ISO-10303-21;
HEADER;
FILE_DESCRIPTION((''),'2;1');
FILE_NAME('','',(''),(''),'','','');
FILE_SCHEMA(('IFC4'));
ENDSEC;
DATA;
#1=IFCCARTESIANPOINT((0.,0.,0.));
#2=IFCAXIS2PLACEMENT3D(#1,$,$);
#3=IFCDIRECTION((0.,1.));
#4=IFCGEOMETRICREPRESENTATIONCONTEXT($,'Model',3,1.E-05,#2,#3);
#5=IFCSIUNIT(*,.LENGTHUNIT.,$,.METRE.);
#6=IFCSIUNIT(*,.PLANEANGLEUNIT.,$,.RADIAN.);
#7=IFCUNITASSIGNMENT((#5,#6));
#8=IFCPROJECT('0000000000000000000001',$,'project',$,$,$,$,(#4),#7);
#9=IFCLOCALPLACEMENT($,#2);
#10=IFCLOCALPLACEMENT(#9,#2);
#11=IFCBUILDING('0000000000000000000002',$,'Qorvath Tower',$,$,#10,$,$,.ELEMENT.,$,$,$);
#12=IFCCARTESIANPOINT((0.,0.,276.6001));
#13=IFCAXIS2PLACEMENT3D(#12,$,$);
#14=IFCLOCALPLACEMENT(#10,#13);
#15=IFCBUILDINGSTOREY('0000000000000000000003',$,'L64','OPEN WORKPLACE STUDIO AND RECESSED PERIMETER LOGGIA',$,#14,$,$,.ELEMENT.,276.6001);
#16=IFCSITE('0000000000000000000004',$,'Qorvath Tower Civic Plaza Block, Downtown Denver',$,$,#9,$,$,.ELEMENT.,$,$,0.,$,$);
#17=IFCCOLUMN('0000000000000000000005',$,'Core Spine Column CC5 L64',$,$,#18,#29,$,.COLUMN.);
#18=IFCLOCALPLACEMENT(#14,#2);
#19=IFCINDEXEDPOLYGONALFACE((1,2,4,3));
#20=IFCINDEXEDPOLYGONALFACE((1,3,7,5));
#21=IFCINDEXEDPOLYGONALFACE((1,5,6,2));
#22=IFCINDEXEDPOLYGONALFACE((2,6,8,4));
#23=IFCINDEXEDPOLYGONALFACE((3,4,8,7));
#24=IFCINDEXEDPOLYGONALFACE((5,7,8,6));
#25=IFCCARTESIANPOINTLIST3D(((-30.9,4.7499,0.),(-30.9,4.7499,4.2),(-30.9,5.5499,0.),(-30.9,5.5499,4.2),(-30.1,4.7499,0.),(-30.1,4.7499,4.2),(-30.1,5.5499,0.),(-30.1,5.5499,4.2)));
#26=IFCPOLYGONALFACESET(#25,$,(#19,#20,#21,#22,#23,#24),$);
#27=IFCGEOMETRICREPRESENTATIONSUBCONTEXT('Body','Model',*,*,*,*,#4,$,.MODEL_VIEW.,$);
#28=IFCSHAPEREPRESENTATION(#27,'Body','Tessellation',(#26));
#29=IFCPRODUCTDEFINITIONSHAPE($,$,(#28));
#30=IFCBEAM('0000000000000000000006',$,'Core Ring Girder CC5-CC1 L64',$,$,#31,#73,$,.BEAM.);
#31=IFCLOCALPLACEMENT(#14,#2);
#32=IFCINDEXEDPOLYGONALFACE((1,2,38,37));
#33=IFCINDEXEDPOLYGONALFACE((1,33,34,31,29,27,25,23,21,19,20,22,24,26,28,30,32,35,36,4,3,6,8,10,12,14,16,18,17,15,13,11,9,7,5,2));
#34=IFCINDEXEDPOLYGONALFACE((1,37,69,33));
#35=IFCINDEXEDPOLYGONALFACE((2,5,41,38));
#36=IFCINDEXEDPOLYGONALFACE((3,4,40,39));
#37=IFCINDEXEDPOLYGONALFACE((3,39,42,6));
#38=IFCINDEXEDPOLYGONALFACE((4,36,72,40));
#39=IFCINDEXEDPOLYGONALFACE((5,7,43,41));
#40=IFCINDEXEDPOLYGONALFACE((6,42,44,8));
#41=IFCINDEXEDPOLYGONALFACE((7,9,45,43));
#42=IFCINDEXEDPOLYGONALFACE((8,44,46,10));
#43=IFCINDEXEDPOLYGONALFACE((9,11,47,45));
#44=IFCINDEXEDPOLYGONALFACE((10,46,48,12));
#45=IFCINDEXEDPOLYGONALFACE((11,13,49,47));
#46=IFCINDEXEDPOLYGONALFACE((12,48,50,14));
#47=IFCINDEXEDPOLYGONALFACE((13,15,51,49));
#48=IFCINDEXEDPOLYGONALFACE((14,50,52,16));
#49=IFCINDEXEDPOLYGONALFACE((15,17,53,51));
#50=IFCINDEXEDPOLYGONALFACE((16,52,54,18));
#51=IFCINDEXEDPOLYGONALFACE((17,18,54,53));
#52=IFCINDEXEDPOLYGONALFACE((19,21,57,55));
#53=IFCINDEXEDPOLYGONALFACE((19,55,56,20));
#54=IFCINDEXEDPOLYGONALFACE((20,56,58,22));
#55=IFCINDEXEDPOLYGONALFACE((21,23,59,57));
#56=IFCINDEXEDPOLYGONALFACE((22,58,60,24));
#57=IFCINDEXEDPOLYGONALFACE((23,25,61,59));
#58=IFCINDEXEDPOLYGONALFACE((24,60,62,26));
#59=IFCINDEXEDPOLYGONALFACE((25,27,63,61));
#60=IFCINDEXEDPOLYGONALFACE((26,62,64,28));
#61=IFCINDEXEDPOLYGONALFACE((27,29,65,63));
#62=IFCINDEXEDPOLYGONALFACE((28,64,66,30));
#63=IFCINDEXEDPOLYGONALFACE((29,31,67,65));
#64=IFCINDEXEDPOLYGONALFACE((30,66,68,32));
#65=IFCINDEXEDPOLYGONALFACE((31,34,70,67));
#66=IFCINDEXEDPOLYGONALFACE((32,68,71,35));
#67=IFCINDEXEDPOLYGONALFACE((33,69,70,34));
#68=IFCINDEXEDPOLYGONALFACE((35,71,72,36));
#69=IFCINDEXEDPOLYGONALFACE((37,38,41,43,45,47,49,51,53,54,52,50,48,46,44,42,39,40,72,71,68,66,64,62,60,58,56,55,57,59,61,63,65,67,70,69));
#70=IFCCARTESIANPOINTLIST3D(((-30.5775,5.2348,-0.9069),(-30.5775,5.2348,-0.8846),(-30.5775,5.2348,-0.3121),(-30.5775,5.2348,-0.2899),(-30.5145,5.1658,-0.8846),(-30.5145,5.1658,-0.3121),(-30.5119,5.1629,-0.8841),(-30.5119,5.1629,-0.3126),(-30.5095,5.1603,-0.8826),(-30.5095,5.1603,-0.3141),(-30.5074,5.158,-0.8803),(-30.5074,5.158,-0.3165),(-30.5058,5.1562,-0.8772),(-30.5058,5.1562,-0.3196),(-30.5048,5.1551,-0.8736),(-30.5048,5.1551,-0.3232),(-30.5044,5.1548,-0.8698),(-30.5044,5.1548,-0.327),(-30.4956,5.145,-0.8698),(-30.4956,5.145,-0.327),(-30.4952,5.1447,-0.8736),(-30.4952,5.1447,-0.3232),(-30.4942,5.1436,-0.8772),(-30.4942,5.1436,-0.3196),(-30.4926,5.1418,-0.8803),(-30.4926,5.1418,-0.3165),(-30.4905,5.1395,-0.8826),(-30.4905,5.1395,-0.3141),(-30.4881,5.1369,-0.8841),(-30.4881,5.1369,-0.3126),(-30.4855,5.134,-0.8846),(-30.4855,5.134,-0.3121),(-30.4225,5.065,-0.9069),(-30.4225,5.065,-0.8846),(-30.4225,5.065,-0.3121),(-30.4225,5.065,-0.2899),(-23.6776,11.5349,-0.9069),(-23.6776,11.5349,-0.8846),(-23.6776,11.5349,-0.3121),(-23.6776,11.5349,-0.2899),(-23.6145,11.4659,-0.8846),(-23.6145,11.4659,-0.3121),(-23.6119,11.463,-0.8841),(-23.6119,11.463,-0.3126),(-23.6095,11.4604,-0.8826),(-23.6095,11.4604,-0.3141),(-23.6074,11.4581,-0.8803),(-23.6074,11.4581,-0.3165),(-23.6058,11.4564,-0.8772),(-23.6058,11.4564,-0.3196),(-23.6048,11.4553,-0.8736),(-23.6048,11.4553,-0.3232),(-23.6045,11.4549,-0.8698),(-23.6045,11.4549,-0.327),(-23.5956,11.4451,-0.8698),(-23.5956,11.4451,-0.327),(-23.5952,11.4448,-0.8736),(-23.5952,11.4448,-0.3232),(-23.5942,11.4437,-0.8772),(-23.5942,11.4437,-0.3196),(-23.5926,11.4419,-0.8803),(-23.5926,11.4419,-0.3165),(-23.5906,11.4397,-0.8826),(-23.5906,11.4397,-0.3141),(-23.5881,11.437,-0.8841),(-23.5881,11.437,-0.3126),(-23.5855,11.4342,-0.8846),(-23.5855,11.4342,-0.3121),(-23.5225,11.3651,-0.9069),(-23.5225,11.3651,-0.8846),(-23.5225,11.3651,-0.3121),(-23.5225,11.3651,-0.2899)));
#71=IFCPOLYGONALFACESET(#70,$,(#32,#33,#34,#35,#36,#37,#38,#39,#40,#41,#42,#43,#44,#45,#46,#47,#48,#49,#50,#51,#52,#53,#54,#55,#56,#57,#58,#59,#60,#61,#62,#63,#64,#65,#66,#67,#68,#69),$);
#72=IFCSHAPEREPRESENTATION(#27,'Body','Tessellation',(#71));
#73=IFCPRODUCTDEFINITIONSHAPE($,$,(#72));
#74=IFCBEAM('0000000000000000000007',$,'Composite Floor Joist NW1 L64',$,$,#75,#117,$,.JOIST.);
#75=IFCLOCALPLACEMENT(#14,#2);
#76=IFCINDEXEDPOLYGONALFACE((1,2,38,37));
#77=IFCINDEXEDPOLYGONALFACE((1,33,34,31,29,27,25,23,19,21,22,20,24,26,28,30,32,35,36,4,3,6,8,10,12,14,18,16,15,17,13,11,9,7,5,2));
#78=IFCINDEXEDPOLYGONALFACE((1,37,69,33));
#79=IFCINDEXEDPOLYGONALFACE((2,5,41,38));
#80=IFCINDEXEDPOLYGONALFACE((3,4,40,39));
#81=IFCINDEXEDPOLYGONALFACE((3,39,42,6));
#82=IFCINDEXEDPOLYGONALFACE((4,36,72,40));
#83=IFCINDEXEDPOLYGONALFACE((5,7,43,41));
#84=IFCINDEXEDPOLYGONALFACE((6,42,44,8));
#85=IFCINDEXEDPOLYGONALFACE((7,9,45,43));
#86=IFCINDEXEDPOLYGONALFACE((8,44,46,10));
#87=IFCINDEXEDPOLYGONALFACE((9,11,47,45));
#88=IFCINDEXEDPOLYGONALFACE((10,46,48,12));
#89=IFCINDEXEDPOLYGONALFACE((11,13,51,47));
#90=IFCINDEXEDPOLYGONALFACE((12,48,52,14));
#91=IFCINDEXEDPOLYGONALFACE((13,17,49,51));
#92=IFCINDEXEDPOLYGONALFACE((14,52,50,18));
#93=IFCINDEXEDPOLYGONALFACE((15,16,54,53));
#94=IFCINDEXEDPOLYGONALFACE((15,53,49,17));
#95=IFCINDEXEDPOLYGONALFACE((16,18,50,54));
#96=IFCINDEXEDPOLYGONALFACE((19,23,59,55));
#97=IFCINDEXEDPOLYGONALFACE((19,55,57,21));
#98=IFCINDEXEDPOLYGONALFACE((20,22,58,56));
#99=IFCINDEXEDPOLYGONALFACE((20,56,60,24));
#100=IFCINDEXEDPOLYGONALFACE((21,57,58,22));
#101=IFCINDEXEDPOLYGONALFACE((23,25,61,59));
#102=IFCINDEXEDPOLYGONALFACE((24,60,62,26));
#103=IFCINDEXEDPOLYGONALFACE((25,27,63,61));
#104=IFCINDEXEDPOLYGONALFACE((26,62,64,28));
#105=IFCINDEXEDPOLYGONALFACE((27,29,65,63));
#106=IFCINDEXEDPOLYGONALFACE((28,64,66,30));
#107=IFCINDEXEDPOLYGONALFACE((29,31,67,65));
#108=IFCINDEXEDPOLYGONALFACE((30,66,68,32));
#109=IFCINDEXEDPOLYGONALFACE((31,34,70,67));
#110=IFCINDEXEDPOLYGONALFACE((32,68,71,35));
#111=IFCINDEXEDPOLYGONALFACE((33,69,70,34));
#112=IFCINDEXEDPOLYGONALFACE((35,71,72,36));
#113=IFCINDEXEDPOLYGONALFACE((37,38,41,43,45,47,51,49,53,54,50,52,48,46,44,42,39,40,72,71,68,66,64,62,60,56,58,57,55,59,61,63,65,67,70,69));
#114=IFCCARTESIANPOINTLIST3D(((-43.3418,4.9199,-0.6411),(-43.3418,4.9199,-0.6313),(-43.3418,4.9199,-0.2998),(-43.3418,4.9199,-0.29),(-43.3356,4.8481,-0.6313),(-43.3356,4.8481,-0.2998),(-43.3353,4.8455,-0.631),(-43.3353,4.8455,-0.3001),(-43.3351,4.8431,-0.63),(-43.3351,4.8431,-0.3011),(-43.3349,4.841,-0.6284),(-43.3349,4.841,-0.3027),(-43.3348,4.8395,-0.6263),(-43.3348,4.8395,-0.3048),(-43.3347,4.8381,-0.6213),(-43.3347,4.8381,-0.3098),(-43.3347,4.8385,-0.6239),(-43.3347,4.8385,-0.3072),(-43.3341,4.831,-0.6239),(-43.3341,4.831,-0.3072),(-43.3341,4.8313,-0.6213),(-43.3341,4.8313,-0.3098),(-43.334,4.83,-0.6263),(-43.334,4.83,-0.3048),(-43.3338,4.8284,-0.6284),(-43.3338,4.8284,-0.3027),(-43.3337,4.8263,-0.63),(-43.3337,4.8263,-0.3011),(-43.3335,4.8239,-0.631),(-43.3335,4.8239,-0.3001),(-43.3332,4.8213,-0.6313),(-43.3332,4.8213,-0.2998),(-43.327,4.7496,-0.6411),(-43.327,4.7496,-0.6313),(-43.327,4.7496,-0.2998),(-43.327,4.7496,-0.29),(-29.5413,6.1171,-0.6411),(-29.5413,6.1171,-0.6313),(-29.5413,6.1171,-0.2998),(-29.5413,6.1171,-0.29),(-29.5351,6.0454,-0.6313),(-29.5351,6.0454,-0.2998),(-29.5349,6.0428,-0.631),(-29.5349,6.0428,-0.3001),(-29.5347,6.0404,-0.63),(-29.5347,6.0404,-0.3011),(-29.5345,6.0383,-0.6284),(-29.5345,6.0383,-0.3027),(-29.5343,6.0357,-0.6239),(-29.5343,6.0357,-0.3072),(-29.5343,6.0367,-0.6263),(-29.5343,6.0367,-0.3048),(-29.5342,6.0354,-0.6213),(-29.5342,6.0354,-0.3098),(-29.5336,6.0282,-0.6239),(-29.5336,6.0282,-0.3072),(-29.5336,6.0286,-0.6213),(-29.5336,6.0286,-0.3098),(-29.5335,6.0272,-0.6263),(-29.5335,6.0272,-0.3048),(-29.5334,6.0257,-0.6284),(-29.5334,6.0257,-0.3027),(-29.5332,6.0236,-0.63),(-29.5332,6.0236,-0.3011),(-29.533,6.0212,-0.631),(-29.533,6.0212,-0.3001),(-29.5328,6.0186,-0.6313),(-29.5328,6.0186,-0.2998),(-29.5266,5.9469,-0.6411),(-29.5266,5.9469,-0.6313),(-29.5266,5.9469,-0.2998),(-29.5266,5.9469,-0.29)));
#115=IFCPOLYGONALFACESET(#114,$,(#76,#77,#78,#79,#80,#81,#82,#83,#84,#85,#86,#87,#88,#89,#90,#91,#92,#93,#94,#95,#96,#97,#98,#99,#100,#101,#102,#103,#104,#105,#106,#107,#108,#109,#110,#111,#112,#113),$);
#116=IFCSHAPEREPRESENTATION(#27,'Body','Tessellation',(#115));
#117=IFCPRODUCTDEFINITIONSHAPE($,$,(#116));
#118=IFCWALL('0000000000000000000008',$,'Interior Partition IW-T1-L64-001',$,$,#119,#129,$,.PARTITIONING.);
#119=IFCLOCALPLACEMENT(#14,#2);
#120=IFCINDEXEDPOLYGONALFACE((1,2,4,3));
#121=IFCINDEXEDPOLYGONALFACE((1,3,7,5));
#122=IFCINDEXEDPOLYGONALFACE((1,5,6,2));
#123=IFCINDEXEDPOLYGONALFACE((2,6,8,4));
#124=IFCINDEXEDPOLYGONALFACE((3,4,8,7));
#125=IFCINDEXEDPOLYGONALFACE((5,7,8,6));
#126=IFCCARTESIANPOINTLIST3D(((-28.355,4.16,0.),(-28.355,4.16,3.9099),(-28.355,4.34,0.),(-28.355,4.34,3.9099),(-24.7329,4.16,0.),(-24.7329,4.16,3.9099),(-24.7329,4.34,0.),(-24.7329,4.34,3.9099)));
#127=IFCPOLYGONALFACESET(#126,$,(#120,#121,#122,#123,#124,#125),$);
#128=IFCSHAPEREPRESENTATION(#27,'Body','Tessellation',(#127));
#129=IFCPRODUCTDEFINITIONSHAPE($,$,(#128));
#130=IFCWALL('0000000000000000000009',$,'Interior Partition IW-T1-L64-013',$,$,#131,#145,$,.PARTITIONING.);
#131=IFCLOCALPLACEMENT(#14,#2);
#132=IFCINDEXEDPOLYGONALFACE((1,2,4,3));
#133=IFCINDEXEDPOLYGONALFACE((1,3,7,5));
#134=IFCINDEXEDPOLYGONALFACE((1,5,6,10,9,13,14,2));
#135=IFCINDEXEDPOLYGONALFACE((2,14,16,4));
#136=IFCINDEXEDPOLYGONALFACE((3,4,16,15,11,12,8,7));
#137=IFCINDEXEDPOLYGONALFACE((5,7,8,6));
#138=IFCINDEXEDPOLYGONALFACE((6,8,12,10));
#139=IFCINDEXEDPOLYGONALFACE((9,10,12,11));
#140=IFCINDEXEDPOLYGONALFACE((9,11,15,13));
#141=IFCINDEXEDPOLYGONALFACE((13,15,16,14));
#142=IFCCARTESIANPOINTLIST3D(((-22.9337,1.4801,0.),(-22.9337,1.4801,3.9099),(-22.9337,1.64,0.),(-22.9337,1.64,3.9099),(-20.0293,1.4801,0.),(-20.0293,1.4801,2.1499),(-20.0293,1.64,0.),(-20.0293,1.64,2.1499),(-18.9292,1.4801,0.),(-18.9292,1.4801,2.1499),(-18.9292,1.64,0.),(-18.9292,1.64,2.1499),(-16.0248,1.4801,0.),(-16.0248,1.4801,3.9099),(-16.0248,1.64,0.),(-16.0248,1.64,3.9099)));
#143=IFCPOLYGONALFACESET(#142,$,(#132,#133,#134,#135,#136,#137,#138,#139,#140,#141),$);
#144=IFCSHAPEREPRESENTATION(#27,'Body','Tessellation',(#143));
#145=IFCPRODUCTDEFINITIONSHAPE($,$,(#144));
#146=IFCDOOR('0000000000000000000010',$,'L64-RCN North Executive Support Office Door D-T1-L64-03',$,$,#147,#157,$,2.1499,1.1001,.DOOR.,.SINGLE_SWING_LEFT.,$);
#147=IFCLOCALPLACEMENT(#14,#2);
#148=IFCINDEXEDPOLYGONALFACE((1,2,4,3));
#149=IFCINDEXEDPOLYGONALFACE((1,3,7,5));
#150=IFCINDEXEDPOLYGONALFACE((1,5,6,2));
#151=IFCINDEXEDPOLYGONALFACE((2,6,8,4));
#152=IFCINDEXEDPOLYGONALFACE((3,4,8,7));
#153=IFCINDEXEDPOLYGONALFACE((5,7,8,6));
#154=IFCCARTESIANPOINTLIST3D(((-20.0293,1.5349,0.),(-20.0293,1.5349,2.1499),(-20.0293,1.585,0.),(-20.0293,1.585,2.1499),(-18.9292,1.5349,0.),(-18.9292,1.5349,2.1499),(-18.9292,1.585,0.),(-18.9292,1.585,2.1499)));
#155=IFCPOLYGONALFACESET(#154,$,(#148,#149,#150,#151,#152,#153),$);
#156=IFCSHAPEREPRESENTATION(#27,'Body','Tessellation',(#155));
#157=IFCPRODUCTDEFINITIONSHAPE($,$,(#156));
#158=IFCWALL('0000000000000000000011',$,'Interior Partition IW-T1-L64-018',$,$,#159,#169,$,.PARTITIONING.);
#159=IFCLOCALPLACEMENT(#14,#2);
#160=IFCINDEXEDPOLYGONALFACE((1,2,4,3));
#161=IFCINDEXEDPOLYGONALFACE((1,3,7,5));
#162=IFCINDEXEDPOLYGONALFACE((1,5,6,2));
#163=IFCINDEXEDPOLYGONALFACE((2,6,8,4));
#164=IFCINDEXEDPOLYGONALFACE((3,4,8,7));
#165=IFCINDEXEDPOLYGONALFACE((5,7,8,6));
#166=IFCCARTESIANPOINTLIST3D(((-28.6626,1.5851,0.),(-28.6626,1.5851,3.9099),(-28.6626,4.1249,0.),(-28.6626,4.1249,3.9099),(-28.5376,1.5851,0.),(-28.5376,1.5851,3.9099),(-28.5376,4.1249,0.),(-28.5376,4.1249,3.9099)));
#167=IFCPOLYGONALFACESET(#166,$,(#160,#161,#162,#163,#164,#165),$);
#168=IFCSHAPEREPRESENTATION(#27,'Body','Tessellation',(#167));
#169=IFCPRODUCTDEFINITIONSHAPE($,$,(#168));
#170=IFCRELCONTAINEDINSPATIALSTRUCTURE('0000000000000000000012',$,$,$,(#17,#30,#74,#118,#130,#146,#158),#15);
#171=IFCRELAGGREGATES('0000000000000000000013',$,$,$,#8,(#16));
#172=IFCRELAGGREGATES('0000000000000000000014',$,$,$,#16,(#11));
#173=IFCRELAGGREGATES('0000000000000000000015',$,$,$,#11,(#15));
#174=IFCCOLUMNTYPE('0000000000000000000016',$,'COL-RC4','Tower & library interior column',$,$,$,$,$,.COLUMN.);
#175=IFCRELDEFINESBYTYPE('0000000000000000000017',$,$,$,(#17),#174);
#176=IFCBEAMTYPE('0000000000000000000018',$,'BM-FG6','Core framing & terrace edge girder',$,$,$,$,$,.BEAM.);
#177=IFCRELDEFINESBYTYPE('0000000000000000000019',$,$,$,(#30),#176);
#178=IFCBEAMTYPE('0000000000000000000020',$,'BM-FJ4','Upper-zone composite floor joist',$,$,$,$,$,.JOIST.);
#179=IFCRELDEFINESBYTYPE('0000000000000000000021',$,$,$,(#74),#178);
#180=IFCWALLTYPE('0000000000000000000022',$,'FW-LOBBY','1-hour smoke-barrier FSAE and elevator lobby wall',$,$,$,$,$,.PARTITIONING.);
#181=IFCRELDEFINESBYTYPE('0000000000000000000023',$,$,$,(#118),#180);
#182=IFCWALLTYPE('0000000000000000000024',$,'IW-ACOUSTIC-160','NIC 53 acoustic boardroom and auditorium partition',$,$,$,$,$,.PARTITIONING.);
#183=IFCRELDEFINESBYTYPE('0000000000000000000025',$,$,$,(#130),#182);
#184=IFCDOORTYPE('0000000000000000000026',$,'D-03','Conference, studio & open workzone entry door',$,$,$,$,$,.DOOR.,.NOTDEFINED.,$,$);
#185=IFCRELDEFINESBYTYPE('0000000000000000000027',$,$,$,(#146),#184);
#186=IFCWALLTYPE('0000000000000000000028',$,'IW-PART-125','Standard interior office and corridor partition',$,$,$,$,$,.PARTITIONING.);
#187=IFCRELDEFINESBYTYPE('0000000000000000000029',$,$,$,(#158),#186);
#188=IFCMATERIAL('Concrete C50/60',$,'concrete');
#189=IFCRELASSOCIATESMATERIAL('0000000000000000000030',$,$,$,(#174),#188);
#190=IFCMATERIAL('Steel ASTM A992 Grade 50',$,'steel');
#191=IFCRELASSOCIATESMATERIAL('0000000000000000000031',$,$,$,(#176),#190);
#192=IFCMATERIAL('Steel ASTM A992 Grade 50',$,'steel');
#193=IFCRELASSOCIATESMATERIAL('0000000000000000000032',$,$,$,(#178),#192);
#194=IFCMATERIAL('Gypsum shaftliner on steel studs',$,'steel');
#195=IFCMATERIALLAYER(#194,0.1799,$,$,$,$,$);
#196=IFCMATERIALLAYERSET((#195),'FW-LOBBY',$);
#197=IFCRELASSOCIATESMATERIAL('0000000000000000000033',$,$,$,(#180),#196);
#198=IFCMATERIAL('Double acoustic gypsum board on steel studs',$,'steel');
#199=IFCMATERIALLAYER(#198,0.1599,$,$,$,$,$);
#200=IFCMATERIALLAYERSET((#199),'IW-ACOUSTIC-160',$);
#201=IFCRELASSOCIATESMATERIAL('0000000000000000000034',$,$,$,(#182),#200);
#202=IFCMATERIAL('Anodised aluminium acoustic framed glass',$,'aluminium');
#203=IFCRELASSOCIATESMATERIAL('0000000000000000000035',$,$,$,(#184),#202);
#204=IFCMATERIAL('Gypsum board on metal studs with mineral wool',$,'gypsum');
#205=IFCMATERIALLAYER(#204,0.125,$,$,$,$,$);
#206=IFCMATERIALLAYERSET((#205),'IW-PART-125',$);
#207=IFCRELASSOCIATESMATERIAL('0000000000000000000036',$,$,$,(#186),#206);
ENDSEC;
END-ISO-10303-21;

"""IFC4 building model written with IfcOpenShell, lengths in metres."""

from ifc_helpers import new_model, si_unit, direction, frame, frame_2d, origin, origin_2d, place, context, subcontext, project, spatial, rectangle, i_section, extrude, material, layer, layer_set, material_profile, profile_set, type_object, element, fill, save


model = new_model("IFC4")

# Units and contexts
model_context = context("Model", 3, precision=1e-05, world=origin(), true_north=direction((0.0, 1.0)))
body_context = subcontext(model_context, "Body", "Model", "MODEL_VIEW")
ifc_project = project(units=[si_unit("LENGTHUNIT", "METRE"), si_unit("PLANEANGLEUNIT", "RADIAN")], contexts=[model_context])

# Site, building, storey
site_placement = place(None, origin())
site = spatial("IfcSite", under=ifc_project, at=site_placement, Name="Qorvath Tower Civic Plaza Block, Downtown Denver", CompositionType="ELEMENT", RefElevation=0.0)
building_placement = place(site_placement, origin())
building = spatial("IfcBuilding", under=site, at=building_placement, Name="Qorvath Tower", CompositionType="ELEMENT")
storey_placement = place(building_placement, frame((0.0, 0.0, 276.6001)))
storey = spatial("IfcBuildingStorey", under=building, at=storey_placement, Name="L64", Description="OPEN WORKPLACE STUDIO AND RECESSED PERIMETER LOGGIA", CompositionType="ELEMENT", Elevation=276.6001)

# Column
ifc_material_1 = material(Name="Concrete C50/60", Category="concrete")
ifc_material_profile_1 = material_profile(ifc_material_1, rectangle(XDim=0.8, YDim=0.8, at=origin_2d()), Name="RC 800x800")
ifc_profile_set_1 = profile_set([ifc_material_profile_1], Name="Concrete C50/60")
column_type = type_object("IfcColumnType", Name="COL-RC4", Description="Tower & library interior column", PredefinedType="COLUMN", material=ifc_profile_set_1)
column_placement = place(storey_placement, frame((-30.5, 5.1499, 0.0), z_axis=(0.0, 0.0, 1.0), x_axis=(1.0, 0.0, 0.0)))
element("IfcColumn", 1, at=column_placement, inside=storey, type_object=column_type, Name="Core Spine Column CC5 L64", PredefinedType="COLUMN", context=body_context, shape_type="SweptSolid", body=[
    extrude(rectangle(XDim=0.8, YDim=0.8, at=origin_2d()), origin(), (0.0, 0.0, 1.0), 4.2),
])

# Beams
ifc_material_2 = material(Name="Steel ASTM A992 Grade 50", Category="steel")
ifc_material_profile_2 = material_profile(ifc_material_2, i_section(OverallWidth=0.23, OverallDepth=0.6169, WebThickness=0.0132, FlangeThickness=0.0222, FilletRadius=0.0149, at=origin_2d()), Name="W24x94")
ifc_profile_set_2 = profile_set([ifc_material_profile_2], Name="Steel ASTM A992 Grade 50")
beam_type_1 = type_object("IfcBeamType", Name="BM-FG6", Description="Core framing & terrace edge girder", PredefinedType="BEAM", material=ifc_profile_set_2)
beam_1_placement = place(storey_placement, frame((-30.5, 5.1499, -0.5984), z_axis=(0.738478, 0.674277, 0.0), x_axis=(-0.674277, 0.738478, 0.0)))
element("IfcBeam", 2, at=beam_1_placement, inside=storey, type_object=beam_type_1, Name="Core Ring Girder CC5-CC1 L64", PredefinedType="BEAM", context=body_context, shape_type="SweptSolid", body=[
    extrude(i_section(OverallWidth=0.23, OverallDepth=0.6169, WebThickness=0.0132, FlangeThickness=0.0222, FilletRadius=0.0149, at=origin_2d()), origin(), (0.0, 0.0, 1.0), 9.3435),
])
ifc_material_3 = material(Name="Steel ASTM A992 Grade 50", Category="steel")
ifc_material_profile_3 = material_profile(ifc_material_3, i_section(OverallWidth=0.1709, OverallDepth=0.3511, WebThickness=0.0068, FlangeThickness=0.0098, FilletRadius=0.01, at=origin_2d()), Name="W14x30")
ifc_profile_set_3 = profile_set([ifc_material_profile_3], Name="Steel ASTM A992 Grade 50")
beam_type_2 = type_object("IfcBeamType", Name="BM-FJ4", Description="Upper-zone composite floor joist", PredefinedType="JOIST", material=ifc_profile_set_3)
beam_2_placement = place(storey_placement, frame((-29.5339, 6.032, -0.4656), z_axis=(-0.996258, -0.08643, 0.0), x_axis=(0.08643, -0.996258, 0.0)))
element("IfcBeam", 3, at=beam_2_placement, inside=storey, type_object=beam_type_2, Name="Composite Floor Joist NW1 L64", PredefinedType="JOIST", context=body_context, shape_type="SweptSolid", body=[
    extrude(i_section(OverallWidth=0.1709, OverallDepth=0.3511, WebThickness=0.0068, FlangeThickness=0.0098, FilletRadius=0.01, at=origin_2d()), origin(), (0.0, 0.0, 1.0), 13.8523),
])

# Wall
ifc_material_4 = material(Name="Gypsum shaftliner on steel studs", Category="steel")
ifc_layer_1 = layer(ifc_material_4, 0.1799)
ifc_layer_set_1 = layer_set([ifc_layer_1], Name="FW-LOBBY")
wall_type_1 = type_object("IfcWallType", Name="FW-LOBBY", Description="1-hour smoke-barrier FSAE and elevator lobby wall", PredefinedType="PARTITIONING", material=ifc_layer_set_1)
wall_1_placement = place(storey_placement, frame((-28.355, 4.25, 0.0), z_axis=(0.0, 0.0, 1.0), x_axis=(1.0, 0.0, 0.0)))
element("IfcWall", 4, at=wall_1_placement, inside=storey, type_object=wall_type_1, Name="Interior Partition IW-T1-L64-001", PredefinedType="PARTITIONING", context=body_context, shape_type="SweptSolid", body=[
    extrude(rectangle(XDim=3.6221, YDim=0.1799, at=frame_2d((1.811, 0.0))), origin(), (0.0, 0.0, 1.0), 3.9099),
])

# Wall, opening, door
ifc_material_5 = material(Name="Double acoustic gypsum board on steel studs", Category="steel")
ifc_layer_2 = layer(ifc_material_5, 0.1599)
ifc_layer_set_2 = layer_set([ifc_layer_2], Name="IW-ACOUSTIC-160")
wall_type_2 = type_object("IfcWallType", Name="IW-ACOUSTIC-160", Description="NIC 53 acoustic boardroom and auditorium partition", PredefinedType="PARTITIONING", material=ifc_layer_set_2)
wall_2_placement = place(storey_placement, frame((-22.9338, 1.5601, 0.0), z_axis=(0.0, 0.0, 1.0), x_axis=(1.0, 0.0, 0.0)))
wall_2 = element("IfcWall", 5, at=wall_2_placement, inside=storey, type_object=wall_type_2, Name="Interior Partition IW-T1-L64-013", PredefinedType="PARTITIONING", context=body_context, shape_type="SweptSolid", body=[
    extrude(rectangle(XDim=6.9089, YDim=0.1599, at=frame_2d((3.4546, 0.0))), origin(), (0.0, 0.0, 1.0), 3.9099),
])
opening_1_placement = place(wall_2_placement, frame((2.9045, 0.0, 0.0)))
opening_1 = element("IfcOpeningElement", 6, at=opening_1_placement, cuts=wall_2, PredefinedType="OPENING", context=body_context, shape_type="SweptSolid", body=[
    extrude(rectangle(XDim=1.1001, YDim=2.1499, at=frame_2d((0.55, 1.075))), frame((0.0, 0.0898, 0.0), z_axis=(0.0, -1.0, 0.0), x_axis=(1.0, 0.0, 0.0)), (0.0, 0.0, 1.0), 0.1799),
])
ifc_material_6 = material(Name="Anodised aluminium acoustic framed glass", Category="aluminium")
door_type_1 = type_object("IfcDoorType", Name="D-03", Description="Conference, studio & open workzone entry door", OperationType="NOTDEFINED", PredefinedType="DOOR", material=ifc_material_6)
door_1_placement = place(opening_1_placement, origin())
door_1 = element("IfcDoor", 7, at=door_1_placement, inside=storey, type_object=door_type_1, Name="L64-RCN North Executive Support Office Door D-T1-L64-03", OperationType="SINGLE_SWING_LEFT", OverallHeight=2.1499, OverallWidth=1.1001, PredefinedType="DOOR", context=body_context, shape_type="SweptSolid", body=[
    extrude(rectangle(XDim=1.1001, YDim=2.1499, at=frame_2d((0.55, 1.075))), frame((0.0, 0.0249, 0.0), z_axis=(0.0, -1.0, 0.0), x_axis=(1.0, 0.0, 0.0)), (0.0, 0.0, 1.0), 0.05),
])
fill(opening_1, door_1)

# Wall
ifc_material_7 = material(Name="Gypsum board on metal studs with mineral wool", Category="gypsum")
ifc_layer_3 = layer(ifc_material_7, 0.125)
ifc_layer_set_3 = layer_set([ifc_layer_3], Name="IW-PART-125")
wall_type_3 = type_object("IfcWallType", Name="IW-PART-125", Description="Standard interior office and corridor partition", PredefinedType="PARTITIONING", material=ifc_layer_set_3)
wall_3_placement = place(storey_placement, frame((-28.6001, 4.125, 0.0), z_axis=(0.0, 0.0, 1.0), x_axis=(0.0, -1.0, 0.0)))
element("IfcWall", 8, at=wall_3_placement, inside=storey, type_object=wall_type_3, Name="Interior Partition IW-T1-L64-018", PredefinedType="PARTITIONING", context=body_context, shape_type="SweptSolid", body=[
    extrude(rectangle(XDim=2.5398, YDim=0.125, at=frame_2d((1.27, 0.0))), origin(), (0.0, 0.0, 1.0), 3.9099),
])

save(model, "model.ifc")
